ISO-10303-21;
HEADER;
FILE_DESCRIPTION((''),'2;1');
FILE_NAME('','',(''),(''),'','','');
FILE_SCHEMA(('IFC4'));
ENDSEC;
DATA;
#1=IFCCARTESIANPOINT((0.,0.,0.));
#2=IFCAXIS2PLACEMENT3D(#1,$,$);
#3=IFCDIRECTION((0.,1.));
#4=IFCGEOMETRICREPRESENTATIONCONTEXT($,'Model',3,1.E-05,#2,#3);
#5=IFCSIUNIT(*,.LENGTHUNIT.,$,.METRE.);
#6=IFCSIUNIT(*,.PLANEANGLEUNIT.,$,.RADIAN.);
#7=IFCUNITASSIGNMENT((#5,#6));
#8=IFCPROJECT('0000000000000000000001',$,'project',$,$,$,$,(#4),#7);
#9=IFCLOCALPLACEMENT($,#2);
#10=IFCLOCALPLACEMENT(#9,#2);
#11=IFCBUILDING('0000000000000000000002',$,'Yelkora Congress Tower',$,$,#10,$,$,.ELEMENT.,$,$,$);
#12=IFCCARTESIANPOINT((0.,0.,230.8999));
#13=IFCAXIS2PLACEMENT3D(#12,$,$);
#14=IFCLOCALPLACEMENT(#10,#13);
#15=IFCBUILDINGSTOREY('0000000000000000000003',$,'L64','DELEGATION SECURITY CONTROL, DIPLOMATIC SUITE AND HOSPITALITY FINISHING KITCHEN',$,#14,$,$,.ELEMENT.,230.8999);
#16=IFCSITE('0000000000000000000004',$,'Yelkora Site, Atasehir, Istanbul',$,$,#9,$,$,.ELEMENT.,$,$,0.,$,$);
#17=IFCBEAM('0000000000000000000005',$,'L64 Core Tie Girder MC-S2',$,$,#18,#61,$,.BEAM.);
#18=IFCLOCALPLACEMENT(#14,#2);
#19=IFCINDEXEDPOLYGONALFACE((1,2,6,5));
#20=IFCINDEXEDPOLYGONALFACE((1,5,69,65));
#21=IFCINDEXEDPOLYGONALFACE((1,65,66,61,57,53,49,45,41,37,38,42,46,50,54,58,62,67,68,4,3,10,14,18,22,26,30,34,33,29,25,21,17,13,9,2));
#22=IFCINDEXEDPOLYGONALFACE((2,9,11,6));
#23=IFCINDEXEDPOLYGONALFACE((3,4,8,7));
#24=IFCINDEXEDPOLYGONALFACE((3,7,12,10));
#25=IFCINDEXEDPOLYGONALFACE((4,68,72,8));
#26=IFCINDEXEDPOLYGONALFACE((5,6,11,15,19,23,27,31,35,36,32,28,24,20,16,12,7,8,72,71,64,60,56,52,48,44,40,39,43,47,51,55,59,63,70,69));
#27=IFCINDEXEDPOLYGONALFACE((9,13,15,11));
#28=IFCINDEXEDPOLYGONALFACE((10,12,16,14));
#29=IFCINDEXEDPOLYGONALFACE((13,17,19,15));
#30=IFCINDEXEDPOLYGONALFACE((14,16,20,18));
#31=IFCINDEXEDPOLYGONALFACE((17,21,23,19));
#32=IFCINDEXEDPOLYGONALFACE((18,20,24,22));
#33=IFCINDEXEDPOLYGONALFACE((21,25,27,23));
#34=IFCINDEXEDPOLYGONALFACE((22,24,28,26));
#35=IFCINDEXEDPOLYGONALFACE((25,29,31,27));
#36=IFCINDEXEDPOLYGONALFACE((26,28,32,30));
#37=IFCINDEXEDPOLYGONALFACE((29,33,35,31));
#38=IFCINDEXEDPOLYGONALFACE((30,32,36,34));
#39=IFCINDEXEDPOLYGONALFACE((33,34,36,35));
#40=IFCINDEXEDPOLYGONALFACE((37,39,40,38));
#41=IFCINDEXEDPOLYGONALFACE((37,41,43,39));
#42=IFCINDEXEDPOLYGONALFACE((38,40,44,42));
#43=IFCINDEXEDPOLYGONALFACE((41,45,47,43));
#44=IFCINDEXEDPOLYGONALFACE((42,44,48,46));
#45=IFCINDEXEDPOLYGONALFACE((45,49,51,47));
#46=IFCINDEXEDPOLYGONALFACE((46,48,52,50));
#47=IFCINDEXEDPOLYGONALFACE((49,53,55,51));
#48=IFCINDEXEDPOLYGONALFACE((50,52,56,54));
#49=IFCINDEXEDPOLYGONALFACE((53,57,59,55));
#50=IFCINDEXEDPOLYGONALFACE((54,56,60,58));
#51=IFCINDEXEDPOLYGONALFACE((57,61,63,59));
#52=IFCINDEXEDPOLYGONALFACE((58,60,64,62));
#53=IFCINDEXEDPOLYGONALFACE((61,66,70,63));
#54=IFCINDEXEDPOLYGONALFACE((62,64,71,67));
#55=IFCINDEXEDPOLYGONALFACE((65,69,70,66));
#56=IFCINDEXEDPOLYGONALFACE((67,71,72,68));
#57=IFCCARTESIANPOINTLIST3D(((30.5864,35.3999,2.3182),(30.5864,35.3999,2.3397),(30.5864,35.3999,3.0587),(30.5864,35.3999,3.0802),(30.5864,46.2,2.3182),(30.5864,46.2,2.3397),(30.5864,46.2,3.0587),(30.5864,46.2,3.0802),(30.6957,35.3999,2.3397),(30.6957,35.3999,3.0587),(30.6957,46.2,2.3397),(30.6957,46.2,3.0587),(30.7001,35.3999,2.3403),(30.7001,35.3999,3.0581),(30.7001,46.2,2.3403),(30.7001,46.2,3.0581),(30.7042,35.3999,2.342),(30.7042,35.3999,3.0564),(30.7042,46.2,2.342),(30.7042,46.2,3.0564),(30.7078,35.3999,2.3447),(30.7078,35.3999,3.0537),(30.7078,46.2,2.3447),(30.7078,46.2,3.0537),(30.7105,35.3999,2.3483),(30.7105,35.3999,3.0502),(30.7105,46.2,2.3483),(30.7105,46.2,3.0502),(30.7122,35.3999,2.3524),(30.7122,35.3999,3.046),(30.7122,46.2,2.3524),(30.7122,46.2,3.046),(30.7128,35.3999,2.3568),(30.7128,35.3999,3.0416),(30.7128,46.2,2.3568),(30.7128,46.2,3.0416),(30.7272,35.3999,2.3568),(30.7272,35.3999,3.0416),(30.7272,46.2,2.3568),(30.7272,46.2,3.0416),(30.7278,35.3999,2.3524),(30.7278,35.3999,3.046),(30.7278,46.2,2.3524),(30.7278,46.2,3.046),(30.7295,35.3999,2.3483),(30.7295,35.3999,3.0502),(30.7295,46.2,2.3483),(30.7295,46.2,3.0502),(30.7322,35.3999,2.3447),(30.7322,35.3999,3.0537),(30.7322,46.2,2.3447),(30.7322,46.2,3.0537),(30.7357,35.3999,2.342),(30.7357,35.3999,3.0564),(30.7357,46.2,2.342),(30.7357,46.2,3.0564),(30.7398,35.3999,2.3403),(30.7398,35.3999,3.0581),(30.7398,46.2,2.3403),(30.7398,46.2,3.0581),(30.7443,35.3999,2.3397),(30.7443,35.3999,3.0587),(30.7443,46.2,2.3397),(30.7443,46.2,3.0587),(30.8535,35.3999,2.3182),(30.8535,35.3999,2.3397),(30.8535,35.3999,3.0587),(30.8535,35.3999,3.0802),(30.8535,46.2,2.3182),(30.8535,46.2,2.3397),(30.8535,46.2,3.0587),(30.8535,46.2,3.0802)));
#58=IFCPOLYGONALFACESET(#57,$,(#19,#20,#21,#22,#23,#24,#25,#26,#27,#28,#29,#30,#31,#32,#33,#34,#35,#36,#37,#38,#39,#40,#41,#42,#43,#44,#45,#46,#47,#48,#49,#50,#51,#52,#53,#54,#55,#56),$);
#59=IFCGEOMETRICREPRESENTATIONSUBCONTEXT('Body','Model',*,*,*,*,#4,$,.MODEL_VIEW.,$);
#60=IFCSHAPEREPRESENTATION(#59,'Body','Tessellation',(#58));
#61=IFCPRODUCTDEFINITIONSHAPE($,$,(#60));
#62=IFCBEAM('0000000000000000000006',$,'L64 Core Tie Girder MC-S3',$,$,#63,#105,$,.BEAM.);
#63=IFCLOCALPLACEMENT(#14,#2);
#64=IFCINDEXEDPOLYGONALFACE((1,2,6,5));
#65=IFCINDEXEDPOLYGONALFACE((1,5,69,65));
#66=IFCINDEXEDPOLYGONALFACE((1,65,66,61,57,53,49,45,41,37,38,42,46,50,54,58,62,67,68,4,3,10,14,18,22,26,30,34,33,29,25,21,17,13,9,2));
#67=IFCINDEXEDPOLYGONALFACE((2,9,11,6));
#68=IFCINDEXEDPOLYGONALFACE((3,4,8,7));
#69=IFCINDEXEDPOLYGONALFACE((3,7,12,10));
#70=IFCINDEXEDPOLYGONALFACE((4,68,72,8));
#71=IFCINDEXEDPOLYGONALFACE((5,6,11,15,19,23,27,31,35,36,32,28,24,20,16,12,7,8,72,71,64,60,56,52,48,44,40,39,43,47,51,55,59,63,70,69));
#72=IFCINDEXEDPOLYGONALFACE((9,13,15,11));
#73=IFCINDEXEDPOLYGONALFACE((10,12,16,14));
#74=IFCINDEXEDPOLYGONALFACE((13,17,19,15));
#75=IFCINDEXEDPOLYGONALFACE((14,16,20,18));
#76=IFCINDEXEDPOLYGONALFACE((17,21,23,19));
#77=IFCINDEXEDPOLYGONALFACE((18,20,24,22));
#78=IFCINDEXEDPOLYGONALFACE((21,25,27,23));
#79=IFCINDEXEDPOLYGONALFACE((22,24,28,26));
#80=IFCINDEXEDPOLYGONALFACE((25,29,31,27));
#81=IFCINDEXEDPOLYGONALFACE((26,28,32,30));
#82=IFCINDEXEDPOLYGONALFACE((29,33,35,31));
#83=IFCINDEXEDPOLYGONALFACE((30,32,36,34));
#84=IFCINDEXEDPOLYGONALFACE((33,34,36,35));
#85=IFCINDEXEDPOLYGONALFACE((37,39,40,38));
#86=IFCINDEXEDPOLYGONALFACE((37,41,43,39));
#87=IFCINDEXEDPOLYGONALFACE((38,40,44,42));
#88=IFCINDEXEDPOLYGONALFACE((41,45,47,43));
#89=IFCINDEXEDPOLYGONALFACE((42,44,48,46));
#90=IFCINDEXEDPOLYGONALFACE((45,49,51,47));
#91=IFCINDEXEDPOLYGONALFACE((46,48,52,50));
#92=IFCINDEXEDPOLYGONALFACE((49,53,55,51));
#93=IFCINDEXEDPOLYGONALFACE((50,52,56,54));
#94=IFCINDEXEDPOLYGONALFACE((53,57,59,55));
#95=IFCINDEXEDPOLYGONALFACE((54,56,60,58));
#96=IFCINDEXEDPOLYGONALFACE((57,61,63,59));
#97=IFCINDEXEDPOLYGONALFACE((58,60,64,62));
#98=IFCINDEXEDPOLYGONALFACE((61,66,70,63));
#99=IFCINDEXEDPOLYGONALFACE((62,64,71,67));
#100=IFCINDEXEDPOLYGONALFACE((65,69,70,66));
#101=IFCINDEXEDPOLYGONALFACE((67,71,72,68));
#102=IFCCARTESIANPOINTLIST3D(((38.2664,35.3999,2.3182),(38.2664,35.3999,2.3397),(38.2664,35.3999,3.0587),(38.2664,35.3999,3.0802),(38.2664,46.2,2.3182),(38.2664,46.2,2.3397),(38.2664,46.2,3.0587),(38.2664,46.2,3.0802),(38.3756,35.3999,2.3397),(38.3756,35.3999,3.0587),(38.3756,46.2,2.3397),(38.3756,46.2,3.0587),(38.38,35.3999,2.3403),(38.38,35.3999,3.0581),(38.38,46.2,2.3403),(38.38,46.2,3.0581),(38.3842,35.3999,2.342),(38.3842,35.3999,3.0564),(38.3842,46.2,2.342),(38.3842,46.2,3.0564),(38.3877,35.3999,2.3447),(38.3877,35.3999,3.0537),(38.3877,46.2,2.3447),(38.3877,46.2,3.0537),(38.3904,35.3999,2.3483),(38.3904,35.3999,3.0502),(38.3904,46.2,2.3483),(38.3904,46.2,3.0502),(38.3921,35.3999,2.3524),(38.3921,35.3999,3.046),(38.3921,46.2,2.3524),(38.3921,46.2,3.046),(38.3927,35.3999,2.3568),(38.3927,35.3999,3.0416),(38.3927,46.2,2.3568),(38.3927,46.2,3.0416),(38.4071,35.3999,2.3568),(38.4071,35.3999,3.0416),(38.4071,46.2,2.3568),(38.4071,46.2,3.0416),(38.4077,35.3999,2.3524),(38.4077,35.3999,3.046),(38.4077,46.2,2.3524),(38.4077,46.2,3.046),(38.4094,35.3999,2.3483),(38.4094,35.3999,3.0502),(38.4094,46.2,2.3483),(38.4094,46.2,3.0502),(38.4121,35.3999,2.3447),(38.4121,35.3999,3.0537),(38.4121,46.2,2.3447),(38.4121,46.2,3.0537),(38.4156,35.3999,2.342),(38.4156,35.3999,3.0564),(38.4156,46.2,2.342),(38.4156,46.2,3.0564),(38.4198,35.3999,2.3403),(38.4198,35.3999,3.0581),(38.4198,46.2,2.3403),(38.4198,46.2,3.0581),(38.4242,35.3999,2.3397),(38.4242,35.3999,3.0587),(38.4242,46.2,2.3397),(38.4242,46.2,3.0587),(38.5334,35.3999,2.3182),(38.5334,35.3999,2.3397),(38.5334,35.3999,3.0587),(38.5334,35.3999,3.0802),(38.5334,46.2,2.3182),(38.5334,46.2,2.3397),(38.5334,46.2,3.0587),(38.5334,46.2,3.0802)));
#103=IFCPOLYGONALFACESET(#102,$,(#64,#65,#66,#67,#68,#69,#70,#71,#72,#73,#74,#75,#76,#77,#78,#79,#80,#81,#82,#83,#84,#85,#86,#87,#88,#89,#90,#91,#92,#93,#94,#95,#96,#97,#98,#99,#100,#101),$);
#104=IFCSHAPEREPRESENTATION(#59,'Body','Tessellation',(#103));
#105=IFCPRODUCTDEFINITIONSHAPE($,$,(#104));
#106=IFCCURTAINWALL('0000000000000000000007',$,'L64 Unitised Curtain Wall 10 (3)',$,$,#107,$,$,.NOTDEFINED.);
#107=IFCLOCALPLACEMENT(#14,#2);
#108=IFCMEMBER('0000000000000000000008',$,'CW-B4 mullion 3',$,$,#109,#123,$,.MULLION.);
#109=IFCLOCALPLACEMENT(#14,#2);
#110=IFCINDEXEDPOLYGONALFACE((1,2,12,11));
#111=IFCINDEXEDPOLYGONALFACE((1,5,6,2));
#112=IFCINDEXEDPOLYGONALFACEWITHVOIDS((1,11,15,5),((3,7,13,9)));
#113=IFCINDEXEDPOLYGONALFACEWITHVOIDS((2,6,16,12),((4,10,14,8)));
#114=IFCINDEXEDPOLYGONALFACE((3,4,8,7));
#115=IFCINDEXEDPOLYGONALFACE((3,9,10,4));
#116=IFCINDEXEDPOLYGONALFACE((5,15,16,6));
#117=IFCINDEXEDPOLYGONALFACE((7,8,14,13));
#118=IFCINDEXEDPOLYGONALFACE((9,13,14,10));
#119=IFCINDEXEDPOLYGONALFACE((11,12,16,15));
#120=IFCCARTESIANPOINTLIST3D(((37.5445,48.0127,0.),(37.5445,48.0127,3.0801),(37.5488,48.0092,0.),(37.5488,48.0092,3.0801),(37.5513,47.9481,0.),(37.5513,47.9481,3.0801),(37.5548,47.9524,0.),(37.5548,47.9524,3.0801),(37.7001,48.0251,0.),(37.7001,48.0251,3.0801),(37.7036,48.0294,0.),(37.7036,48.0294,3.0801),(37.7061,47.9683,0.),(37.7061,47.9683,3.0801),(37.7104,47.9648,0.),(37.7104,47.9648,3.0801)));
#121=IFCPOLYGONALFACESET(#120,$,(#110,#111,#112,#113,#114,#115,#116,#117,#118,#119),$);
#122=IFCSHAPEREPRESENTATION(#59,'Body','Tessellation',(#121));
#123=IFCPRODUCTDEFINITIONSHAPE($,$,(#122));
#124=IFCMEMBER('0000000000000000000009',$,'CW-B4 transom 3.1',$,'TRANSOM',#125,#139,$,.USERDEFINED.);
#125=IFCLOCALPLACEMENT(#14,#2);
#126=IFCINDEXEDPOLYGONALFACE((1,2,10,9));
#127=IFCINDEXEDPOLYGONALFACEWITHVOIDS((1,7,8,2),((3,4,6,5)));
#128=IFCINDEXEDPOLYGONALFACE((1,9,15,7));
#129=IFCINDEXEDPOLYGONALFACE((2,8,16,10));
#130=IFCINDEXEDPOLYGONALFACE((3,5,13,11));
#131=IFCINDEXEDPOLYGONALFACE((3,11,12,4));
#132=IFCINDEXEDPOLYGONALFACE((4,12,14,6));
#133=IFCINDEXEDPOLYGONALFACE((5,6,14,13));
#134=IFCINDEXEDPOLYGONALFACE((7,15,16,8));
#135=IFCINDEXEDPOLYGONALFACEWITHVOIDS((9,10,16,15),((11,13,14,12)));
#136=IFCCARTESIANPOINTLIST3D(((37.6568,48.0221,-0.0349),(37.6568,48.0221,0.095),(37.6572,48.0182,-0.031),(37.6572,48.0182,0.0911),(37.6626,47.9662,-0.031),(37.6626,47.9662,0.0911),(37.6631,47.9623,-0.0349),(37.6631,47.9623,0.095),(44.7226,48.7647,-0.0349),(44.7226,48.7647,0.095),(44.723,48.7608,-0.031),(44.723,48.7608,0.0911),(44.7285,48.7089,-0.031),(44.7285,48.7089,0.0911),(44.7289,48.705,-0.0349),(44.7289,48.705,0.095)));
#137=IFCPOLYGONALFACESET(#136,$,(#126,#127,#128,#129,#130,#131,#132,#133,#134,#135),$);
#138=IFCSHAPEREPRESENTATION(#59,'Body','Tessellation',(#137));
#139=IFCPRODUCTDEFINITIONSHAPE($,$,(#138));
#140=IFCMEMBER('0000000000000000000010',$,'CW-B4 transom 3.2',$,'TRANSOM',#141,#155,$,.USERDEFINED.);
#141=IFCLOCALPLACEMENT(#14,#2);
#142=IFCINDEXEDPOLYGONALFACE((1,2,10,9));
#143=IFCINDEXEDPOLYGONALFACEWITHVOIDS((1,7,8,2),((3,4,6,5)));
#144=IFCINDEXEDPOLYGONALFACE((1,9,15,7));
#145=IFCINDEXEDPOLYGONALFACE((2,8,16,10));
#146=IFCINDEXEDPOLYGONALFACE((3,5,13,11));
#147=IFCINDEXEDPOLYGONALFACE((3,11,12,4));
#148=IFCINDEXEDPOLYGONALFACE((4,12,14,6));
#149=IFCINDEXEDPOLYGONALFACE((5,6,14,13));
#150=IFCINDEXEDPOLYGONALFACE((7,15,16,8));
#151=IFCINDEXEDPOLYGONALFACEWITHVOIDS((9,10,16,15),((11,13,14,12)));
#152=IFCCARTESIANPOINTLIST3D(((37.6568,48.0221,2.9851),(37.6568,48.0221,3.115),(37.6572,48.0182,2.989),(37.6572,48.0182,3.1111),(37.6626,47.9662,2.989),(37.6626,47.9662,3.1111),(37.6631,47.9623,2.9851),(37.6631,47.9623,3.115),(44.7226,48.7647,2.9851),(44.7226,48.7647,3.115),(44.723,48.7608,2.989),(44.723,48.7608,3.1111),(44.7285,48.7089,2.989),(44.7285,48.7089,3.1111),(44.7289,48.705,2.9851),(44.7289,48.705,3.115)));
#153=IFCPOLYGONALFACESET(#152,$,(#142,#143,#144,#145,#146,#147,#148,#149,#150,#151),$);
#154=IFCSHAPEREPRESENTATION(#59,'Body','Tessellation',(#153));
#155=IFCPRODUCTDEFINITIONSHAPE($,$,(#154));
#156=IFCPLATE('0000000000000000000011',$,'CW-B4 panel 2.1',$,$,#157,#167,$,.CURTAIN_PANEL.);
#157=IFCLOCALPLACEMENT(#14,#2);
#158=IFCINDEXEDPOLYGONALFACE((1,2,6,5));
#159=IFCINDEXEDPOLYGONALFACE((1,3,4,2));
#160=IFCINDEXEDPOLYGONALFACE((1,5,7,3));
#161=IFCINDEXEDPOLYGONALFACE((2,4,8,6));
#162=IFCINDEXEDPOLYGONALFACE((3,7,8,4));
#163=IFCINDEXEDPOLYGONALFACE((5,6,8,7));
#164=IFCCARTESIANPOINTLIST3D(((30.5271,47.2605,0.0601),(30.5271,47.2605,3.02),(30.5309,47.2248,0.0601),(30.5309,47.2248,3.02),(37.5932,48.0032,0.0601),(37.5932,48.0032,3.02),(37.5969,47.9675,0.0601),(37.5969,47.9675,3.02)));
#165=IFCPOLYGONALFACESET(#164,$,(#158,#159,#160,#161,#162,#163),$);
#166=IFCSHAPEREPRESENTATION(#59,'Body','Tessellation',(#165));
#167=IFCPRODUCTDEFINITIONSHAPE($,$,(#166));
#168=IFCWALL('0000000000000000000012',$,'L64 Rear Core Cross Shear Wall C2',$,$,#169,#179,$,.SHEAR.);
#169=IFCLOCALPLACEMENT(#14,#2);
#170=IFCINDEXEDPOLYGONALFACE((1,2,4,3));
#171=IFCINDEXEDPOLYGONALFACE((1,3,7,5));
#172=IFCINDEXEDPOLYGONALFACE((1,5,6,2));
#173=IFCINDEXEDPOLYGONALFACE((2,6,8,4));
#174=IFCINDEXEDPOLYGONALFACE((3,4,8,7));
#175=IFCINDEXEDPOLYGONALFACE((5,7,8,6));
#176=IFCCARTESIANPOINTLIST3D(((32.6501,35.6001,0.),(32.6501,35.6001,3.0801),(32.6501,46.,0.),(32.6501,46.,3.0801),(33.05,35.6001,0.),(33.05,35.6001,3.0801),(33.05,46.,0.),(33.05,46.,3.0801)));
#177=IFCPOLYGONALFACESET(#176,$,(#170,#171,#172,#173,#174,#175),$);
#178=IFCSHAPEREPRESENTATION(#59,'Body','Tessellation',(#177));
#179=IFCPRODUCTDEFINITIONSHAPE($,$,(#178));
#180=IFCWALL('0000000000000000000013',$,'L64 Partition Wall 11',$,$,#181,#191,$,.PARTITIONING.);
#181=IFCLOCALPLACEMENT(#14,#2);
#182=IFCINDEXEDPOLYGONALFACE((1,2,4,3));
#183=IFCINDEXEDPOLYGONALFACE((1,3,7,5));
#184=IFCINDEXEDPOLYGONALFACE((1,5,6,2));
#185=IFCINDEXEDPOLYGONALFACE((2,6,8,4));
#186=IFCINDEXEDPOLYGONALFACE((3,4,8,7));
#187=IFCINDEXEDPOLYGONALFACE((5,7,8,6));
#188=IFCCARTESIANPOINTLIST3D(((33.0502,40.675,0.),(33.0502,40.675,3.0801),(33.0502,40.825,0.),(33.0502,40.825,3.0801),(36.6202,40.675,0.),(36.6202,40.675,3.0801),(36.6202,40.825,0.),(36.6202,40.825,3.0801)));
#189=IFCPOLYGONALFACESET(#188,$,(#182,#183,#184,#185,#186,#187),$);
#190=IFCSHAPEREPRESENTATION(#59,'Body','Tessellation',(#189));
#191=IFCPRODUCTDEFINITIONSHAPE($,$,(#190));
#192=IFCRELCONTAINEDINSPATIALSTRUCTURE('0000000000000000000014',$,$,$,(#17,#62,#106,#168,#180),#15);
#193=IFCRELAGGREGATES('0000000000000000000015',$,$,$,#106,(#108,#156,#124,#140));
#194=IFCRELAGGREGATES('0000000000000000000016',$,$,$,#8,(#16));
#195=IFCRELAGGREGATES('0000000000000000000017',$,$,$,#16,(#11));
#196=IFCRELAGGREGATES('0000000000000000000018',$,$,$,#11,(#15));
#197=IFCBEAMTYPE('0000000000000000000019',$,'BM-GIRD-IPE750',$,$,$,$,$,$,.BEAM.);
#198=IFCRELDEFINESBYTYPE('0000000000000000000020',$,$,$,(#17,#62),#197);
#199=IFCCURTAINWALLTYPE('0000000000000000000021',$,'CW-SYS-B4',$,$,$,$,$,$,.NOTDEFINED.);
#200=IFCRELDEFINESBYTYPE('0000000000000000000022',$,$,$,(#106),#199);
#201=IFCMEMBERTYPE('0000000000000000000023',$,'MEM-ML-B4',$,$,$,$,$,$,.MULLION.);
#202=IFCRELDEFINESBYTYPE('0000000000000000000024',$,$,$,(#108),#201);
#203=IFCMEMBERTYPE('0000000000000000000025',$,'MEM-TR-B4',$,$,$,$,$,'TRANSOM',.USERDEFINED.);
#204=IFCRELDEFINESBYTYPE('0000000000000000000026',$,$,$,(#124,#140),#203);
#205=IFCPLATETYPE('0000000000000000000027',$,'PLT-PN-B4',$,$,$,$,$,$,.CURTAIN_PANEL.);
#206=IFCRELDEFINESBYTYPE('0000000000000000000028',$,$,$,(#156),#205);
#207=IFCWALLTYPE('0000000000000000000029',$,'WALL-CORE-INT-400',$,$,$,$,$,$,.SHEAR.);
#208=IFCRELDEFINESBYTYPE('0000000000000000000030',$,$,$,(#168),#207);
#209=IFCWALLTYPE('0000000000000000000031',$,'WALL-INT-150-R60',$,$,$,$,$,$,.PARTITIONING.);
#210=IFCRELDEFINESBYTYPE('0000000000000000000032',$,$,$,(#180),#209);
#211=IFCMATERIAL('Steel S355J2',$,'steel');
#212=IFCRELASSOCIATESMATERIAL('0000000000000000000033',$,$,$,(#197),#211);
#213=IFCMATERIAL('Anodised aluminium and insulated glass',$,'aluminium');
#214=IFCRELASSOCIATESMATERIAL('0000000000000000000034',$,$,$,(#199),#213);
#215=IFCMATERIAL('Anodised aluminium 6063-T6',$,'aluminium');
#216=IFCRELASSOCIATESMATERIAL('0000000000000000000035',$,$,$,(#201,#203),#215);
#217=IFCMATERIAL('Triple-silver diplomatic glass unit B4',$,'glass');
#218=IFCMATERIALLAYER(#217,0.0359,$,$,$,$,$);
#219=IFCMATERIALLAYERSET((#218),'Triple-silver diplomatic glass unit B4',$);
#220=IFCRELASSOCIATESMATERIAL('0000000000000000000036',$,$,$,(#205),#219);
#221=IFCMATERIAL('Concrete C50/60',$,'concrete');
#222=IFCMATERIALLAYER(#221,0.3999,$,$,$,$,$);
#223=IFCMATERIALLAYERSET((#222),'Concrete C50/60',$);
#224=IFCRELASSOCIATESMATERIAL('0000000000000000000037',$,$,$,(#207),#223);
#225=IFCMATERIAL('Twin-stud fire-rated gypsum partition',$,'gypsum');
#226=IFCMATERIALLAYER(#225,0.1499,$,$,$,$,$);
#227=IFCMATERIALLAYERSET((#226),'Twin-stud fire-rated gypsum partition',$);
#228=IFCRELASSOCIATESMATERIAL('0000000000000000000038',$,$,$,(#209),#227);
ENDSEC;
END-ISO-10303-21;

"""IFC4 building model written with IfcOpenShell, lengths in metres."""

from ifc_helpers import new_model, si_unit, direction, frame, frame_2d, origin, origin_2d, place, context, subcontext, project, spatial, rectangle, hollow_rectangle, i_section, extrude, material, layer, layer_set, material_profile, profile_set, type_object, element, aggregate, save


model = new_model("IFC4")

# Units and contexts
model_context = context("Model", 3, precision=1e-05, world=origin(), true_north=direction((0.0, 1.0)))
body_context = subcontext(model_context, "Body", "Model", "MODEL_VIEW")
ifc_project = project(units=[si_unit("LENGTHUNIT", "METRE"), si_unit("PLANEANGLEUNIT", "RADIAN")], contexts=[model_context])

# Site, building, storey
site_placement = place(None, origin())
site = spatial("IfcSite", under=ifc_project, at=site_placement, Name="Yelkora Site, Atasehir, Istanbul", CompositionType="ELEMENT", RefElevation=0.0)
building_placement = place(site_placement, origin())
building = spatial("IfcBuilding", under=site, at=building_placement, Name="Yelkora Congress Tower", CompositionType="ELEMENT")
storey_placement = place(building_placement, frame((0.0, 0.0, 230.8999)))
storey = spatial("IfcBuildingStorey", under=building, at=storey_placement, Name="L64", Description="DELEGATION SECURITY CONTROL, DIPLOMATIC SUITE AND HOSPITALITY FINISHING KITCHEN", CompositionType="ELEMENT", Elevation=230.8999)

# Beams
ifc_material_1 = material(Name="Steel S355J2", Category="steel")
ifc_material_profile_1 = material_profile(ifc_material_1, i_section(OverallWidth=0.2671, OverallDepth=0.762, WebThickness=0.0144, FlangeThickness=0.0215, FilletRadius=0.0171, at=origin_2d()), Name="IPE 750x173")
ifc_profile_set_1 = profile_set([ifc_material_profile_1], Name="Steel S355J2")
beam_type = type_object("IfcBeamType", Name="BM-GIRD-IPE750", PredefinedType="BEAM", material=ifc_profile_set_1)
for number, where, z_axis, x_axis, name in (
    (1, (30.72, 35.3999, 2.6992), (0.0, 1.0, 0.0), (-1.0, 0.0, 0.0), "L64 Core Tie Girder MC-S2"),
    (2, (38.3999, 35.3999, 2.6992), (0.0, 1.0, 0.0), (-1.0, 0.0, 0.0), "L64 Core Tie Girder MC-S3"),
):
    element("IfcBeam", number, at=place(storey_placement, frame(where, z_axis=z_axis, x_axis=x_axis)), inside=storey, type_object=beam_type, Name=name, PredefinedType="BEAM", context=body_context, shape_type="SweptSolid", body=[
        extrude(i_section(OverallWidth=0.2671, OverallDepth=0.762, WebThickness=0.0144, FlangeThickness=0.0215, FilletRadius=0.0171, at=origin_2d()), origin(), (0.0, 0.0, 1.0), 10.8),
    ])

# Curtain wall, members, plate
ifc_material_2 = material(Name="Anodised aluminium and insulated glass", Category="aluminium")
curtain_wall_type = type_object("IfcCurtainWallType", Name="CW-SYS-B4", PredefinedType="NOTDEFINED", material=ifc_material_2)
curtain_wall_placement = place(storey_placement, origin())
curtain_wall = element("IfcCurtainWall", 3, at=curtain_wall_placement, inside=storey, type_object=curtain_wall_type, Name="L64 Unitised Curtain Wall 10 (3)", PredefinedType="NOTDEFINED")
ifc_material_3 = material(Name="Anodised aluminium 6063-T6", Category="aluminium")
ifc_material_profile_2 = material_profile(ifc_material_3, hollow_rectangle(XDim=0.0649, YDim=0.1599, WallThickness=0.0039, at=origin_2d()), Name="ALU 65x160x4")
ifc_profile_set_2 = profile_set([ifc_material_profile_2], Name="Anodised aluminium 6063-T6")
member_type_1 = type_object("IfcMemberType", Name="MEM-ML-B4", PredefinedType="MULLION", material=ifc_profile_set_2)
member_1_placement = place(storey_placement, frame((37.6274, 47.9888, 0.0), z_axis=(0.0, 0.0, 1.0), x_axis=(-0.104528, 0.994522, 0.0)))
member_1 = element("IfcMember", 4, at=member_1_placement, type_object=member_type_1, Name="CW-B4 mullion 3", PredefinedType="MULLION", context=body_context, shape_type="SweptSolid", body=[
    extrude(hollow_rectangle(XDim=0.0649, YDim=0.1599, WallThickness=0.0039, at=origin_2d()), origin(), (0.0, 0.0, 1.0), 3.0801),
])
ifc_material_profile_3 = material_profile(ifc_material_3, hollow_rectangle(XDim=0.0601, YDim=0.1299, WallThickness=0.0039, at=origin_2d()), Name="ALU 60x130x4")
ifc_profile_set_3 = profile_set([ifc_material_profile_3], Name="Anodised aluminium 6063-T6")
member_type_2 = type_object("IfcMemberType", Name="MEM-TR-B4", ElementType="TRANSOM", PredefinedType="USERDEFINED", material=ifc_profile_set_3)
member_2_placement = place(storey_placement, frame((37.6599, 47.9922, 0.03), z_axis=(0.994522, 0.104531, 0.0), x_axis=(-0.104531, 0.994522, 0.0)))
member_2 = element("IfcMember", 5, at=member_2_placement, type_object=member_type_2, Name="CW-B4 transom 3.1", ObjectType="TRANSOM", PredefinedType="USERDEFINED", context=body_context, shape_type="SweptSolid", body=[
    extrude(hollow_rectangle(XDim=0.0601, YDim=0.1299, WallThickness=0.0039, at=origin_2d()), origin(), (0.0, 0.0, 1.0), 7.1047),
])
member_3_placement = place(storey_placement, frame((37.6599, 47.9922, 3.05), z_axis=(0.994522, 0.104531, 0.0), x_axis=(-0.104531, 0.994522, 0.0)))
member_3 = element("IfcMember", 6, at=member_3_placement, type_object=member_type_2, Name="CW-B4 transom 3.2", ObjectType="TRANSOM", PredefinedType="USERDEFINED", context=body_context, shape_type="SweptSolid", body=[
    extrude(hollow_rectangle(XDim=0.0601, YDim=0.1299, WallThickness=0.0039, at=origin_2d()), origin(), (0.0, 0.0, 1.0), 7.1047),
])
ifc_material_4 = material(Name="Triple-silver diplomatic glass unit B4", Category="glass")
ifc_layer_1 = layer(ifc_material_4, 0.0359)
ifc_layer_set_1 = layer_set([ifc_layer_1], Name="Triple-silver diplomatic glass unit B4")
plate_type = type_object("IfcPlateType", Name="PLT-PN-B4", PredefinedType="CURTAIN_PANEL", material=ifc_layer_set_1)
plate_placement = place(storey_placement, frame((34.062, 47.614, 0.0601), z_axis=(0.0, 0.0, 1.0), x_axis=(0.994522, 0.104528, 0.0)))
plate = element("IfcPlate", 7, at=plate_placement, type_object=plate_type, Name="CW-B4 panel 2.1", PredefinedType="CURTAIN_PANEL", context=body_context, shape_type="SweptSolid", body=[
    extrude(rectangle(XDim=7.105, YDim=0.0359, at=origin_2d()), origin(), (0.0, 0.0, 1.0), 2.96),
])
aggregate(curtain_wall, [member_1, plate, member_2, member_3])

# Walls
ifc_material_5 = material(Name="Concrete C50/60", Category="concrete")
ifc_layer_2 = layer(ifc_material_5, 0.3999)
ifc_layer_set_2 = layer_set([ifc_layer_2], Name="Concrete C50/60")
wall_type_1 = type_object("IfcWallType", Name="WALL-CORE-INT-400", PredefinedType="SHEAR", material=ifc_layer_set_2)
wall_1_placement = place(storey_placement, frame((32.8501, 35.6001, 0.0), z_axis=(0.0, 0.0, 1.0), x_axis=(0.0, 1.0, 0.0)))
element("IfcWall", 8, at=wall_1_placement, inside=storey, type_object=wall_type_1, Name="L64 Rear Core Cross Shear Wall C2", PredefinedType="SHEAR", context=body_context, shape_type="SweptSolid", body=[
    extrude(rectangle(XDim=10.3999, YDim=0.3999, at=frame_2d((5.2, 0.0))), origin(), (0.0, 0.0, 1.0), 3.0801),
])
ifc_material_6 = material(Name="Twin-stud fire-rated gypsum partition", Category="gypsum")
ifc_layer_3 = layer(ifc_material_6, 0.1499)
ifc_layer_set_3 = layer_set([ifc_layer_3], Name="Twin-stud fire-rated gypsum partition")
wall_type_2 = type_object("IfcWallType", Name="WALL-INT-150-R60", PredefinedType="PARTITIONING", material=ifc_layer_set_3)
wall_2_placement = place(storey_placement, frame((33.05, 40.75, 0.0), z_axis=(0.0, 0.0, 1.0), x_axis=(1.0, 0.0, 0.0)))
element("IfcWall", 9, at=wall_2_placement, inside=storey, type_object=wall_type_2, Name="L64 Partition Wall 11", PredefinedType="PARTITIONING", context=body_context, shape_type="SweptSolid", body=[
    extrude(rectangle(XDim=3.5701, YDim=0.1499, at=frame_2d((1.7852, 0.0))), origin(), (0.0, 0.0, 1.0), 3.0801),
])

save(model, "model.ifc")
